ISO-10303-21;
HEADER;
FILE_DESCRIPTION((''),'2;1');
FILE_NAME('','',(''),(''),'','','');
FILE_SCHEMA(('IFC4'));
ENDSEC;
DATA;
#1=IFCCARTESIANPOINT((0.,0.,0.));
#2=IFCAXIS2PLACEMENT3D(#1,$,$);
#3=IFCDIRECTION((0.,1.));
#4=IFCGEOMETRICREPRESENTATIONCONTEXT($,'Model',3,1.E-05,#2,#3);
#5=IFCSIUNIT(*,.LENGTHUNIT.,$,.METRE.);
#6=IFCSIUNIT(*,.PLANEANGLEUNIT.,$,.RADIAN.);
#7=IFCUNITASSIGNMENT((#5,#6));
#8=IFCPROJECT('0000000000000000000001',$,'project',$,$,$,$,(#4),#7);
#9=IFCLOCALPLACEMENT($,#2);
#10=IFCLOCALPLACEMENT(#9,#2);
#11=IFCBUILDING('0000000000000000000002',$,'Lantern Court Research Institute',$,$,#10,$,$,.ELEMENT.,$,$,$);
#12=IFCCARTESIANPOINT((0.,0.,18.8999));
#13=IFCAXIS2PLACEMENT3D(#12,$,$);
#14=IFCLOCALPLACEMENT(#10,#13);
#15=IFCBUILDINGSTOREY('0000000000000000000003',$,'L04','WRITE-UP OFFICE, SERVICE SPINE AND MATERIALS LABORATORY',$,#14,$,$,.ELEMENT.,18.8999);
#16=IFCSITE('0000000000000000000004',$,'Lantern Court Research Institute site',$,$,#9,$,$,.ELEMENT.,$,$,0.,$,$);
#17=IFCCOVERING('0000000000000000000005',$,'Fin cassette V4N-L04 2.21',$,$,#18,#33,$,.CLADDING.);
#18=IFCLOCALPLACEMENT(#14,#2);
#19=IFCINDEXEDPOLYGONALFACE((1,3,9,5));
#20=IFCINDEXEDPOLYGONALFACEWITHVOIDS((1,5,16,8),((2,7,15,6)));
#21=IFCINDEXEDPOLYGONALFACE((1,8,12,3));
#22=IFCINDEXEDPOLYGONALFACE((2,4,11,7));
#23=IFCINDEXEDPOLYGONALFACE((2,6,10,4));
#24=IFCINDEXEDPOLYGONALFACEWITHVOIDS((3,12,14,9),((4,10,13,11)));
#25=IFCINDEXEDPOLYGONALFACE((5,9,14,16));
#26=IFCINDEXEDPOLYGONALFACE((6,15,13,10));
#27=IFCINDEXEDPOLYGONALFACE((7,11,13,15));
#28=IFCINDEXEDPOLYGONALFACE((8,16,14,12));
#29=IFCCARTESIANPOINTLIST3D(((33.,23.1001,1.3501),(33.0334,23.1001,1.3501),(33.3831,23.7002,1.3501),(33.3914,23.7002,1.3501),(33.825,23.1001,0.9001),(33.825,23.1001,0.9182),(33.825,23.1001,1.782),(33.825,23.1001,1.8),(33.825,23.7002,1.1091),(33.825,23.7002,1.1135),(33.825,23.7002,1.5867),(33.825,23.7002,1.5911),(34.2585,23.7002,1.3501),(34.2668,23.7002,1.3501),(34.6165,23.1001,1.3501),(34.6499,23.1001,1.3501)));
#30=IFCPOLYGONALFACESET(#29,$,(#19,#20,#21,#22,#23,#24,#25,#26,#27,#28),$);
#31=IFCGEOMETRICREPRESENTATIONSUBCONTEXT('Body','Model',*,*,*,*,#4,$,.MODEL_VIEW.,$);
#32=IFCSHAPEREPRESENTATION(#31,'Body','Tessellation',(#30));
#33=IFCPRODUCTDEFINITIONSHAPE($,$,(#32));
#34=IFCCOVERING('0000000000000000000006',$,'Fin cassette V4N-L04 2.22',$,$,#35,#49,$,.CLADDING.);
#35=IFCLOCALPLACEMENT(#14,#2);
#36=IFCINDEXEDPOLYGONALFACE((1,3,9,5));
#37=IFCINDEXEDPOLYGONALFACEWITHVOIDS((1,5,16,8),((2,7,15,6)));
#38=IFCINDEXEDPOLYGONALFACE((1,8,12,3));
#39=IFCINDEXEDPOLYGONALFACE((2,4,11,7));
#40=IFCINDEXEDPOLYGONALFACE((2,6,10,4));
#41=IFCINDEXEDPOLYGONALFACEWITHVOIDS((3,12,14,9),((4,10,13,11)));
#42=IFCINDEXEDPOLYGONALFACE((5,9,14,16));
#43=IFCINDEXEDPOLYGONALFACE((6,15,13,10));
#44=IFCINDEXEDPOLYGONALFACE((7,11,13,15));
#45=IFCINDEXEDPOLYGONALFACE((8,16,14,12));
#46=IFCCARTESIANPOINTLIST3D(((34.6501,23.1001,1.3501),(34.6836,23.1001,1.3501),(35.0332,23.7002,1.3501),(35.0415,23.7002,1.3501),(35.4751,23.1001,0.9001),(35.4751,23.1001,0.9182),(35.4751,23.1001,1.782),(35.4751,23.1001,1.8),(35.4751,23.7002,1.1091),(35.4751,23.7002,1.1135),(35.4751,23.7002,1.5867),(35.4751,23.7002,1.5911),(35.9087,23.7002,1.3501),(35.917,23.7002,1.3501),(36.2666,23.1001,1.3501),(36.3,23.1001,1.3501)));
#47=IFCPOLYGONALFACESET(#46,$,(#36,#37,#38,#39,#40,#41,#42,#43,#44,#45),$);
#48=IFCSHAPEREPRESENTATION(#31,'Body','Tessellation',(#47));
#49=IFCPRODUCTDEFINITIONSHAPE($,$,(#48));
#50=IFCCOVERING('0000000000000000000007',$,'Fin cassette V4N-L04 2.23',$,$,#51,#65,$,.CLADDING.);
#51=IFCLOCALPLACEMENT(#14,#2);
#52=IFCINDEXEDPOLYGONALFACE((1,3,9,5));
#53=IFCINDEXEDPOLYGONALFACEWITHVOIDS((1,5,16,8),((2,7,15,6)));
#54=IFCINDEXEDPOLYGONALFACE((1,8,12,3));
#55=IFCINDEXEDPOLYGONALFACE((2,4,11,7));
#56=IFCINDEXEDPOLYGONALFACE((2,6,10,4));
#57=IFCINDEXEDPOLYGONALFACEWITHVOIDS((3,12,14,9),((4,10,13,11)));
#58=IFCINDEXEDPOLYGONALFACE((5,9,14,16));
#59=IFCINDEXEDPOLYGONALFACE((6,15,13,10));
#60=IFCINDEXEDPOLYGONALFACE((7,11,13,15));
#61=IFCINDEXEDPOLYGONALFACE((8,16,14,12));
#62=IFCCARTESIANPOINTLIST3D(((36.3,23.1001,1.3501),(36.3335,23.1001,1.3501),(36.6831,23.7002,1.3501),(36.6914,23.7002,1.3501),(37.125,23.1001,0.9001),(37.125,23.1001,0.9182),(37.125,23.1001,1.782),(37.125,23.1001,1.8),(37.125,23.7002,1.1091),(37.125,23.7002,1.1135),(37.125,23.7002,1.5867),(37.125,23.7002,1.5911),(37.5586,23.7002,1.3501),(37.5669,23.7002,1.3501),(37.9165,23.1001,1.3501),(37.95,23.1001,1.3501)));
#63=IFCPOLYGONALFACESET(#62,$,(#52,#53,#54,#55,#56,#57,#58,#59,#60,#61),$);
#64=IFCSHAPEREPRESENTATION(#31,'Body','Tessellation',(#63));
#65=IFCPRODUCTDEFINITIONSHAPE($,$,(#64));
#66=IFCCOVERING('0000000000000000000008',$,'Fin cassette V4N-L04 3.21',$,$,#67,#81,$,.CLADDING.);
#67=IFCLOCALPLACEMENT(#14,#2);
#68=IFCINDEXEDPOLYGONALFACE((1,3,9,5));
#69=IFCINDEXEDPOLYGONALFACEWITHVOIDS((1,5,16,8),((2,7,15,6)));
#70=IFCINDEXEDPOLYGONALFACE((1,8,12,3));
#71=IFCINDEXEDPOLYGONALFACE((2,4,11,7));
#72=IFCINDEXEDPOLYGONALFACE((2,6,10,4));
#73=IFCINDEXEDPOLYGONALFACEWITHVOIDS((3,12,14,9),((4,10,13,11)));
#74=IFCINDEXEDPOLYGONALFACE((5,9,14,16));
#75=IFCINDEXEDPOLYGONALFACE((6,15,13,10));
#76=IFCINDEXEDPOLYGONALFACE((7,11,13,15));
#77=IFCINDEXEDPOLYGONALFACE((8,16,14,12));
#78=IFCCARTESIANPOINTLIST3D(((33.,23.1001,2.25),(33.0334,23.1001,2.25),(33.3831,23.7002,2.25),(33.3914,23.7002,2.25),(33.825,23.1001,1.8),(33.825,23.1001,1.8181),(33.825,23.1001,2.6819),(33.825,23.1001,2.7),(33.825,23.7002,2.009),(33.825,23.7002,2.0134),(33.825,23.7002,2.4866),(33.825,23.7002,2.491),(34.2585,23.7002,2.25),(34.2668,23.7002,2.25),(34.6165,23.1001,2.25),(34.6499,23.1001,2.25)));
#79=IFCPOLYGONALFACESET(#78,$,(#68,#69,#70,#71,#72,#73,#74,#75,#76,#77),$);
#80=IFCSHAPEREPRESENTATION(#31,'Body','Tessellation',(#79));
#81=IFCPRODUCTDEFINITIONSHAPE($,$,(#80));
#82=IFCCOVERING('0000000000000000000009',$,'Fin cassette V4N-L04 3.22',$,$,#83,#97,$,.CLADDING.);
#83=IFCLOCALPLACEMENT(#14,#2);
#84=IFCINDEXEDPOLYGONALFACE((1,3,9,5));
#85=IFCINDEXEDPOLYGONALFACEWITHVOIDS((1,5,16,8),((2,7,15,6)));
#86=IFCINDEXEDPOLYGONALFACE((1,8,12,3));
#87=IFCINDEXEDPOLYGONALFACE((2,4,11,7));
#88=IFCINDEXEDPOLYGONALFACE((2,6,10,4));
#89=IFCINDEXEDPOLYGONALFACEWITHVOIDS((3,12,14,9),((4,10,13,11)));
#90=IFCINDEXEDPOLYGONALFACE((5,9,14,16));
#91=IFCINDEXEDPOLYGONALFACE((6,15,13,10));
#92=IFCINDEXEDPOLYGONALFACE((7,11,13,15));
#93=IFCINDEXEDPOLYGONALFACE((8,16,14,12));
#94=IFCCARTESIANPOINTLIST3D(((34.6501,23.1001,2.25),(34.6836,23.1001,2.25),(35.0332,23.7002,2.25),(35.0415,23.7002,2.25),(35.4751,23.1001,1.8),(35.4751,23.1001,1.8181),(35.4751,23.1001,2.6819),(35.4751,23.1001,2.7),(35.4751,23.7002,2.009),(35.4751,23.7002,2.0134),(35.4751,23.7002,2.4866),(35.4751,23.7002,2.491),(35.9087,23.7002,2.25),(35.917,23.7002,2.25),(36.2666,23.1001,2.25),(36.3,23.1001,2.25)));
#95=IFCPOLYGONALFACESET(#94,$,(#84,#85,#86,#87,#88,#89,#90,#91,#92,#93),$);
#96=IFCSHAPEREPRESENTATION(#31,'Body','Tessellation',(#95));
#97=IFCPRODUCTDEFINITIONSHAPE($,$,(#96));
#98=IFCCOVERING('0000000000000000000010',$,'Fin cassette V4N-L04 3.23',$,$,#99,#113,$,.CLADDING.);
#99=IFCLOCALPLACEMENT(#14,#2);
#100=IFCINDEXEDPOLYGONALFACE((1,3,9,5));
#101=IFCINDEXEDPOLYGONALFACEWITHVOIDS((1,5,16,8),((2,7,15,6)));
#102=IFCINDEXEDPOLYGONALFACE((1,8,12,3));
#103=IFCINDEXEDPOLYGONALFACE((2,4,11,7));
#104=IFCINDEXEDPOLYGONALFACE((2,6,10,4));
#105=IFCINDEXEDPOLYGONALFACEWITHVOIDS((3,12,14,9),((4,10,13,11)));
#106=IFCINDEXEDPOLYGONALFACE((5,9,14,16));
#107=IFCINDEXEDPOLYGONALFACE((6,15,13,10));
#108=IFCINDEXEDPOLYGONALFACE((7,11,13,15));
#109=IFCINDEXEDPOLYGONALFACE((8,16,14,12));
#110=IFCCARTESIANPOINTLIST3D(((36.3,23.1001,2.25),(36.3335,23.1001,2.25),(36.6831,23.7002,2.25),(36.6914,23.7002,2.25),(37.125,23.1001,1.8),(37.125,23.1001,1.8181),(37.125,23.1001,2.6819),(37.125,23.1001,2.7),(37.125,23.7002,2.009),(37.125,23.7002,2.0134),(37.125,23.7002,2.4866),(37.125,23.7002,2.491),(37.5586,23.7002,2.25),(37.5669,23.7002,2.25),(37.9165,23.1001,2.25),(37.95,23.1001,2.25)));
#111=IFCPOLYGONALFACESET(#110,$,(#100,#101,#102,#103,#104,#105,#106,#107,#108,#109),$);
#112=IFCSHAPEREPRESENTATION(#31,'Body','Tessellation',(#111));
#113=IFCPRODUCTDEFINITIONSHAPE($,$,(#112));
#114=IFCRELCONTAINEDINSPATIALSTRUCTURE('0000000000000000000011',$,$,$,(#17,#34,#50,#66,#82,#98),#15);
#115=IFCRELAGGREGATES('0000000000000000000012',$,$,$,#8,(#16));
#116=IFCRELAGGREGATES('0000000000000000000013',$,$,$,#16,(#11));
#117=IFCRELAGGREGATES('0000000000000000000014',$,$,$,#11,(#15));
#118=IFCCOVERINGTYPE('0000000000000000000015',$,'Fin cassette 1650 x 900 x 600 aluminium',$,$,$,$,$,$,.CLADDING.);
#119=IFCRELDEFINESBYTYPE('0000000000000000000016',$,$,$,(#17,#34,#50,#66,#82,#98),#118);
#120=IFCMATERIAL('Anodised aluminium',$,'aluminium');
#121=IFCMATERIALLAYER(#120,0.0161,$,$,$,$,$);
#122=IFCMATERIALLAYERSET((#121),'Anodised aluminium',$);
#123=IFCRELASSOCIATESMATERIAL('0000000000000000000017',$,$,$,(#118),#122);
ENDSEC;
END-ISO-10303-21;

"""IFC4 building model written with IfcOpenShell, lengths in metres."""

from ifc_helpers import new_model, entity, si_unit, direction, frame, origin, place, context, subcontext, project, spatial, material, layer, layer_set, type_object, element, save


model = new_model("IFC4")

# Units and contexts
model_context = context("Model", 3, precision=1e-05, world=origin(), true_north=direction((0.0, 1.0)))
body_context = subcontext(model_context, "Body", "Model", "MODEL_VIEW")
ifc_project = project(units=[si_unit("LENGTHUNIT", "METRE"), si_unit("PLANEANGLEUNIT", "RADIAN")], contexts=[model_context])

# Site, building, storey
site_placement = place(None, origin())
site = spatial("IfcSite", under=ifc_project, at=site_placement, Name="Lantern Court Research Institute site", CompositionType="ELEMENT", RefElevation=0.0)
building_placement = place(site_placement, origin())
building = spatial("IfcBuilding", under=site, at=building_placement, Name="Lantern Court Research Institute", CompositionType="ELEMENT")
storey_placement = place(building_placement, frame((0.0, 0.0, 18.8999)))
storey = spatial("IfcBuildingStorey", under=building, at=storey_placement, Name="L04", Description="WRITE-UP OFFICE, SERVICE SPINE AND MATERIALS LABORATORY", CompositionType="ELEMENT", Elevation=18.8999)

# Coverings
ifc_material_1 = material(Name="Anodised aluminium", Category="aluminium")
ifc_layer_1 = layer(ifc_material_1, 0.0161)
ifc_layer_set_1 = layer_set([ifc_layer_1], Name="Anodised aluminium")
covering_type = type_object("IfcCoveringType", Name="Fin cassette 1650 x 900 x 600 aluminium", PredefinedType="CLADDING", material=ifc_layer_set_1)
covering_1_placement = place(storey_placement, frame((33.825, 23.1001, 1.3501), z_axis=(0.0, 1.0, 0.0), x_axis=(-1.0, 0.0, 0.0)))
cartesian_point_1 = entity("IfcCartesianPoint", [0.825, 0.0])
cartesian_point_2 = entity("IfcCartesianPoint", [0.7915, 0.0])
cartesian_point_3 = entity("IfcCartesianPoint", [0.4419, 0.0])
cartesian_point_4 = entity("IfcCartesianPoint", [0.4336, 0.0])
element("IfcCovering", 1, at=covering_1_placement, inside=storey, type_object=covering_type, Name="Fin cassette V4N-L04 2.21", PredefinedType="CLADDING", context=body_context, shape_type="SweptSolid", body=[
    entity("IfcExtrudedAreaSolidTapered", entity("IfcArbitraryProfileDefWithVoids", "AREA", None, entity("IfcPolyline", [cartesian_point_1, entity("IfcCartesianPoint", [0.0, 0.45]), entity("IfcCartesianPoint", [-0.825, 0.0]), entity("IfcCartesianPoint", [0.0, -0.45]), cartesian_point_1]), [entity("IfcPolyline", [cartesian_point_2, entity("IfcCartesianPoint", [0.0, 0.4319]), entity("IfcCartesianPoint", [-0.7915, 0.0]), entity("IfcCartesianPoint", [0.0, -0.4319]), cartesian_point_2])]), entity("IfcAxis2Placement3D", entity("IfcCartesianPoint", [0.0, 0.0, 0.0])), entity("IfcDirection", [0.0, 0.0, 1.0]), 0.6001, entity("IfcArbitraryProfileDefWithVoids", "AREA", None, entity("IfcPolyline", [cartesian_point_3, entity("IfcCartesianPoint", [0.0, 0.241]), entity("IfcCartesianPoint", [-0.4419, 0.0]), entity("IfcCartesianPoint", [0.0, -0.241]), cartesian_point_3]), [entity("IfcPolyline", [cartesian_point_4, entity("IfcCartesianPoint", [0.0, 0.2366]), entity("IfcCartesianPoint", [-0.4336, 0.0]), entity("IfcCartesianPoint", [0.0, -0.2366]), cartesian_point_4])])),
])
covering_2_placement = place(storey_placement, frame((35.4751, 23.1001, 1.3501), z_axis=(0.0, 1.0, 0.0), x_axis=(-1.0, 0.0, 0.0)))
cartesian_point_5 = entity("IfcCartesianPoint", [0.825, 0.0])
cartesian_point_6 = entity("IfcCartesianPoint", [0.7915, 0.0])
cartesian_point_7 = entity("IfcCartesianPoint", [0.4419, 0.0])
cartesian_point_8 = entity("IfcCartesianPoint", [0.4336, 0.0])
element("IfcCovering", 2, at=covering_2_placement, inside=storey, type_object=covering_type, Name="Fin cassette V4N-L04 2.22", PredefinedType="CLADDING", context=body_context, shape_type="SweptSolid", body=[
    entity("IfcExtrudedAreaSolidTapered", entity("IfcArbitraryProfileDefWithVoids", "AREA", None, entity("IfcPolyline", [cartesian_point_5, entity("IfcCartesianPoint", [0.0, 0.45]), entity("IfcCartesianPoint", [-0.825, 0.0]), entity("IfcCartesianPoint", [0.0, -0.45]), cartesian_point_5]), [entity("IfcPolyline", [cartesian_point_6, entity("IfcCartesianPoint", [0.0, 0.4319]), entity("IfcCartesianPoint", [-0.7915, 0.0]), entity("IfcCartesianPoint", [0.0, -0.4319]), cartesian_point_6])]), entity("IfcAxis2Placement3D", entity("IfcCartesianPoint", [0.0, 0.0, 0.0])), entity("IfcDirection", [0.0, 0.0, 1.0]), 0.6001, entity("IfcArbitraryProfileDefWithVoids", "AREA", None, entity("IfcPolyline", [cartesian_point_7, entity("IfcCartesianPoint", [0.0, 0.241]), entity("IfcCartesianPoint", [-0.4419, 0.0]), entity("IfcCartesianPoint", [0.0, -0.241]), cartesian_point_7]), [entity("IfcPolyline", [cartesian_point_8, entity("IfcCartesianPoint", [0.0, 0.2366]), entity("IfcCartesianPoint", [-0.4336, 0.0]), entity("IfcCartesianPoint", [0.0, -0.2366]), cartesian_point_8])])),
])
covering_3_placement = place(storey_placement, frame((37.125, 23.1001, 1.3501), z_axis=(0.0, 1.0, 0.0), x_axis=(-1.0, 0.0, 0.0)))
cartesian_point_9 = entity("IfcCartesianPoint", [0.825, 0.0])
cartesian_point_10 = entity("IfcCartesianPoint", [0.7915, 0.0])
cartesian_point_11 = entity("IfcCartesianPoint", [0.4419, 0.0])
cartesian_point_12 = entity("IfcCartesianPoint", [0.4336, 0.0])
element("IfcCovering", 3, at=covering_3_placement, inside=storey, type_object=covering_type, Name="Fin cassette V4N-L04 2.23", PredefinedType="CLADDING", context=body_context, shape_type="SweptSolid", body=[
    entity("IfcExtrudedAreaSolidTapered", entity("IfcArbitraryProfileDefWithVoids", "AREA", None, entity("IfcPolyline", [cartesian_point_9, entity("IfcCartesianPoint", [0.0, 0.45]), entity("IfcCartesianPoint", [-0.825, 0.0]), entity("IfcCartesianPoint", [0.0, -0.45]), cartesian_point_9]), [entity("IfcPolyline", [cartesian_point_10, entity("IfcCartesianPoint", [0.0, 0.4319]), entity("IfcCartesianPoint", [-0.7915, 0.0]), entity("IfcCartesianPoint", [0.0, -0.4319]), cartesian_point_10])]), entity("IfcAxis2Placement3D", entity("IfcCartesianPoint", [0.0, 0.0, 0.0])), entity("IfcDirection", [0.0, 0.0, 1.0]), 0.6001, entity("IfcArbitraryProfileDefWithVoids", "AREA", None, entity("IfcPolyline", [cartesian_point_11, entity("IfcCartesianPoint", [0.0, 0.241]), entity("IfcCartesianPoint", [-0.4419, 0.0]), entity("IfcCartesianPoint", [0.0, -0.241]), cartesian_point_11]), [entity("IfcPolyline", [cartesian_point_12, entity("IfcCartesianPoint", [0.0, 0.2366]), entity("IfcCartesianPoint", [-0.4336, 0.0]), entity("IfcCartesianPoint", [0.0, -0.2366]), cartesian_point_12])])),
])
covering_4_placement = place(storey_placement, frame((33.825, 23.1001, 2.25), z_axis=(0.0, 1.0, 0.0), x_axis=(-1.0, 0.0, 0.0)))
cartesian_point_13 = entity("IfcCartesianPoint", [0.825, 0.0])
cartesian_point_14 = entity("IfcCartesianPoint", [0.7915, 0.0])
cartesian_point_15 = entity("IfcCartesianPoint", [0.4419, 0.0])
cartesian_point_16 = entity("IfcCartesianPoint", [0.4336, 0.0])
element("IfcCovering", 4, at=covering_4_placement, inside=storey, type_object=covering_type, Name="Fin cassette V4N-L04 3.21", PredefinedType="CLADDING", context=body_context, shape_type="SweptSolid", body=[
    entity("IfcExtrudedAreaSolidTapered", entity("IfcArbitraryProfileDefWithVoids", "AREA", None, entity("IfcPolyline", [cartesian_point_13, entity("IfcCartesianPoint", [0.0, 0.45]), entity("IfcCartesianPoint", [-0.825, 0.0]), entity("IfcCartesianPoint", [0.0, -0.45]), cartesian_point_13]), [entity("IfcPolyline", [cartesian_point_14, entity("IfcCartesianPoint", [0.0, 0.4319]), entity("IfcCartesianPoint", [-0.7915, 0.0]), entity("IfcCartesianPoint", [0.0, -0.4319]), cartesian_point_14])]), entity("IfcAxis2Placement3D", entity("IfcCartesianPoint", [0.0, 0.0, 0.0])), entity("IfcDirection", [0.0, 0.0, 1.0]), 0.6001, entity("IfcArbitraryProfileDefWithVoids", "AREA", None, entity("IfcPolyline", [cartesian_point_15, entity("IfcCartesianPoint", [0.0, 0.241]), entity("IfcCartesianPoint", [-0.4419, 0.0]), entity("IfcCartesianPoint", [0.0, -0.241]), cartesian_point_15]), [entity("IfcPolyline", [cartesian_point_16, entity("IfcCartesianPoint", [0.0, 0.2366]), entity("IfcCartesianPoint", [-0.4336, 0.0]), entity("IfcCartesianPoint", [0.0, -0.2366]), cartesian_point_16])])),
])
covering_5_placement = place(storey_placement, frame((35.4751, 23.1001, 2.25), z_axis=(0.0, 1.0, 0.0), x_axis=(-1.0, 0.0, 0.0)))
cartesian_point_17 = entity("IfcCartesianPoint", [0.825, 0.0])
cartesian_point_18 = entity("IfcCartesianPoint", [0.7915, 0.0])
cartesian_point_19 = entity("IfcCartesianPoint", [0.4419, 0.0])
cartesian_point_20 = entity("IfcCartesianPoint", [0.4336, 0.0])
element("IfcCovering", 5, at=covering_5_placement, inside=storey, type_object=covering_type, Name="Fin cassette V4N-L04 3.22", PredefinedType="CLADDING", context=body_context, shape_type="SweptSolid", body=[
    entity("IfcExtrudedAreaSolidTapered", entity("IfcArbitraryProfileDefWithVoids", "AREA", None, entity("IfcPolyline", [cartesian_point_17, entity("IfcCartesianPoint", [0.0, 0.45]), entity("IfcCartesianPoint", [-0.825, 0.0]), entity("IfcCartesianPoint", [0.0, -0.45]), cartesian_point_17]), [entity("IfcPolyline", [cartesian_point_18, entity("IfcCartesianPoint", [0.0, 0.4319]), entity("IfcCartesianPoint", [-0.7915, 0.0]), entity("IfcCartesianPoint", [0.0, -0.4319]), cartesian_point_18])]), entity("IfcAxis2Placement3D", entity("IfcCartesianPoint", [0.0, 0.0, 0.0])), entity("IfcDirection", [0.0, 0.0, 1.0]), 0.6001, entity("IfcArbitraryProfileDefWithVoids", "AREA", None, entity("IfcPolyline", [cartesian_point_19, entity("IfcCartesianPoint", [0.0, 0.241]), entity("IfcCartesianPoint", [-0.4419, 0.0]), entity("IfcCartesianPoint", [0.0, -0.241]), cartesian_point_19]), [entity("IfcPolyline", [cartesian_point_20, entity("IfcCartesianPoint", [0.0, 0.2366]), entity("IfcCartesianPoint", [-0.4336, 0.0]), entity("IfcCartesianPoint", [0.0, -0.2366]), cartesian_point_20])])),
])
covering_6_placement = place(storey_placement, frame((37.125, 23.1001, 2.25), z_axis=(0.0, 1.0, 0.0), x_axis=(-1.0, 0.0, 0.0)))
cartesian_point_21 = entity("IfcCartesianPoint", [0.825, 0.0])
cartesian_point_22 = entity("IfcCartesianPoint", [0.7915, 0.0])
cartesian_point_23 = entity("IfcCartesianPoint", [0.4419, 0.0])
cartesian_point_24 = entity("IfcCartesianPoint", [0.4336, 0.0])
element("IfcCovering", 6, at=covering_6_placement, inside=storey, type_object=covering_type, Name="Fin cassette V4N-L04 3.23", PredefinedType="CLADDING", context=body_context, shape_type="SweptSolid", body=[
    entity("IfcExtrudedAreaSolidTapered", entity("IfcArbitraryProfileDefWithVoids", "AREA", None, entity("IfcPolyline", [cartesian_point_21, entity("IfcCartesianPoint", [0.0, 0.45]), entity("IfcCartesianPoint", [-0.825, 0.0]), entity("IfcCartesianPoint", [0.0, -0.45]), cartesian_point_21]), [entity("IfcPolyline", [cartesian_point_22, entity("IfcCartesianPoint", [0.0, 0.4319]), entity("IfcCartesianPoint", [-0.7915, 0.0]), entity("IfcCartesianPoint", [0.0, -0.4319]), cartesian_point_22])]), entity("IfcAxis2Placement3D", entity("IfcCartesianPoint", [0.0, 0.0, 0.0])), entity("IfcDirection", [0.0, 0.0, 1.0]), 0.6001, entity("IfcArbitraryProfileDefWithVoids", "AREA", None, entity("IfcPolyline", [cartesian_point_23, entity("IfcCartesianPoint", [0.0, 0.241]), entity("IfcCartesianPoint", [-0.4419, 0.0]), entity("IfcCartesianPoint", [0.0, -0.241]), cartesian_point_23]), [entity("IfcPolyline", [cartesian_point_24, entity("IfcCartesianPoint", [0.0, 0.2366]), entity("IfcCartesianPoint", [-0.4336, 0.0]), entity("IfcCartesianPoint", [0.0, -0.2366]), cartesian_point_24])])),
])

save(model, "model.ifc")
